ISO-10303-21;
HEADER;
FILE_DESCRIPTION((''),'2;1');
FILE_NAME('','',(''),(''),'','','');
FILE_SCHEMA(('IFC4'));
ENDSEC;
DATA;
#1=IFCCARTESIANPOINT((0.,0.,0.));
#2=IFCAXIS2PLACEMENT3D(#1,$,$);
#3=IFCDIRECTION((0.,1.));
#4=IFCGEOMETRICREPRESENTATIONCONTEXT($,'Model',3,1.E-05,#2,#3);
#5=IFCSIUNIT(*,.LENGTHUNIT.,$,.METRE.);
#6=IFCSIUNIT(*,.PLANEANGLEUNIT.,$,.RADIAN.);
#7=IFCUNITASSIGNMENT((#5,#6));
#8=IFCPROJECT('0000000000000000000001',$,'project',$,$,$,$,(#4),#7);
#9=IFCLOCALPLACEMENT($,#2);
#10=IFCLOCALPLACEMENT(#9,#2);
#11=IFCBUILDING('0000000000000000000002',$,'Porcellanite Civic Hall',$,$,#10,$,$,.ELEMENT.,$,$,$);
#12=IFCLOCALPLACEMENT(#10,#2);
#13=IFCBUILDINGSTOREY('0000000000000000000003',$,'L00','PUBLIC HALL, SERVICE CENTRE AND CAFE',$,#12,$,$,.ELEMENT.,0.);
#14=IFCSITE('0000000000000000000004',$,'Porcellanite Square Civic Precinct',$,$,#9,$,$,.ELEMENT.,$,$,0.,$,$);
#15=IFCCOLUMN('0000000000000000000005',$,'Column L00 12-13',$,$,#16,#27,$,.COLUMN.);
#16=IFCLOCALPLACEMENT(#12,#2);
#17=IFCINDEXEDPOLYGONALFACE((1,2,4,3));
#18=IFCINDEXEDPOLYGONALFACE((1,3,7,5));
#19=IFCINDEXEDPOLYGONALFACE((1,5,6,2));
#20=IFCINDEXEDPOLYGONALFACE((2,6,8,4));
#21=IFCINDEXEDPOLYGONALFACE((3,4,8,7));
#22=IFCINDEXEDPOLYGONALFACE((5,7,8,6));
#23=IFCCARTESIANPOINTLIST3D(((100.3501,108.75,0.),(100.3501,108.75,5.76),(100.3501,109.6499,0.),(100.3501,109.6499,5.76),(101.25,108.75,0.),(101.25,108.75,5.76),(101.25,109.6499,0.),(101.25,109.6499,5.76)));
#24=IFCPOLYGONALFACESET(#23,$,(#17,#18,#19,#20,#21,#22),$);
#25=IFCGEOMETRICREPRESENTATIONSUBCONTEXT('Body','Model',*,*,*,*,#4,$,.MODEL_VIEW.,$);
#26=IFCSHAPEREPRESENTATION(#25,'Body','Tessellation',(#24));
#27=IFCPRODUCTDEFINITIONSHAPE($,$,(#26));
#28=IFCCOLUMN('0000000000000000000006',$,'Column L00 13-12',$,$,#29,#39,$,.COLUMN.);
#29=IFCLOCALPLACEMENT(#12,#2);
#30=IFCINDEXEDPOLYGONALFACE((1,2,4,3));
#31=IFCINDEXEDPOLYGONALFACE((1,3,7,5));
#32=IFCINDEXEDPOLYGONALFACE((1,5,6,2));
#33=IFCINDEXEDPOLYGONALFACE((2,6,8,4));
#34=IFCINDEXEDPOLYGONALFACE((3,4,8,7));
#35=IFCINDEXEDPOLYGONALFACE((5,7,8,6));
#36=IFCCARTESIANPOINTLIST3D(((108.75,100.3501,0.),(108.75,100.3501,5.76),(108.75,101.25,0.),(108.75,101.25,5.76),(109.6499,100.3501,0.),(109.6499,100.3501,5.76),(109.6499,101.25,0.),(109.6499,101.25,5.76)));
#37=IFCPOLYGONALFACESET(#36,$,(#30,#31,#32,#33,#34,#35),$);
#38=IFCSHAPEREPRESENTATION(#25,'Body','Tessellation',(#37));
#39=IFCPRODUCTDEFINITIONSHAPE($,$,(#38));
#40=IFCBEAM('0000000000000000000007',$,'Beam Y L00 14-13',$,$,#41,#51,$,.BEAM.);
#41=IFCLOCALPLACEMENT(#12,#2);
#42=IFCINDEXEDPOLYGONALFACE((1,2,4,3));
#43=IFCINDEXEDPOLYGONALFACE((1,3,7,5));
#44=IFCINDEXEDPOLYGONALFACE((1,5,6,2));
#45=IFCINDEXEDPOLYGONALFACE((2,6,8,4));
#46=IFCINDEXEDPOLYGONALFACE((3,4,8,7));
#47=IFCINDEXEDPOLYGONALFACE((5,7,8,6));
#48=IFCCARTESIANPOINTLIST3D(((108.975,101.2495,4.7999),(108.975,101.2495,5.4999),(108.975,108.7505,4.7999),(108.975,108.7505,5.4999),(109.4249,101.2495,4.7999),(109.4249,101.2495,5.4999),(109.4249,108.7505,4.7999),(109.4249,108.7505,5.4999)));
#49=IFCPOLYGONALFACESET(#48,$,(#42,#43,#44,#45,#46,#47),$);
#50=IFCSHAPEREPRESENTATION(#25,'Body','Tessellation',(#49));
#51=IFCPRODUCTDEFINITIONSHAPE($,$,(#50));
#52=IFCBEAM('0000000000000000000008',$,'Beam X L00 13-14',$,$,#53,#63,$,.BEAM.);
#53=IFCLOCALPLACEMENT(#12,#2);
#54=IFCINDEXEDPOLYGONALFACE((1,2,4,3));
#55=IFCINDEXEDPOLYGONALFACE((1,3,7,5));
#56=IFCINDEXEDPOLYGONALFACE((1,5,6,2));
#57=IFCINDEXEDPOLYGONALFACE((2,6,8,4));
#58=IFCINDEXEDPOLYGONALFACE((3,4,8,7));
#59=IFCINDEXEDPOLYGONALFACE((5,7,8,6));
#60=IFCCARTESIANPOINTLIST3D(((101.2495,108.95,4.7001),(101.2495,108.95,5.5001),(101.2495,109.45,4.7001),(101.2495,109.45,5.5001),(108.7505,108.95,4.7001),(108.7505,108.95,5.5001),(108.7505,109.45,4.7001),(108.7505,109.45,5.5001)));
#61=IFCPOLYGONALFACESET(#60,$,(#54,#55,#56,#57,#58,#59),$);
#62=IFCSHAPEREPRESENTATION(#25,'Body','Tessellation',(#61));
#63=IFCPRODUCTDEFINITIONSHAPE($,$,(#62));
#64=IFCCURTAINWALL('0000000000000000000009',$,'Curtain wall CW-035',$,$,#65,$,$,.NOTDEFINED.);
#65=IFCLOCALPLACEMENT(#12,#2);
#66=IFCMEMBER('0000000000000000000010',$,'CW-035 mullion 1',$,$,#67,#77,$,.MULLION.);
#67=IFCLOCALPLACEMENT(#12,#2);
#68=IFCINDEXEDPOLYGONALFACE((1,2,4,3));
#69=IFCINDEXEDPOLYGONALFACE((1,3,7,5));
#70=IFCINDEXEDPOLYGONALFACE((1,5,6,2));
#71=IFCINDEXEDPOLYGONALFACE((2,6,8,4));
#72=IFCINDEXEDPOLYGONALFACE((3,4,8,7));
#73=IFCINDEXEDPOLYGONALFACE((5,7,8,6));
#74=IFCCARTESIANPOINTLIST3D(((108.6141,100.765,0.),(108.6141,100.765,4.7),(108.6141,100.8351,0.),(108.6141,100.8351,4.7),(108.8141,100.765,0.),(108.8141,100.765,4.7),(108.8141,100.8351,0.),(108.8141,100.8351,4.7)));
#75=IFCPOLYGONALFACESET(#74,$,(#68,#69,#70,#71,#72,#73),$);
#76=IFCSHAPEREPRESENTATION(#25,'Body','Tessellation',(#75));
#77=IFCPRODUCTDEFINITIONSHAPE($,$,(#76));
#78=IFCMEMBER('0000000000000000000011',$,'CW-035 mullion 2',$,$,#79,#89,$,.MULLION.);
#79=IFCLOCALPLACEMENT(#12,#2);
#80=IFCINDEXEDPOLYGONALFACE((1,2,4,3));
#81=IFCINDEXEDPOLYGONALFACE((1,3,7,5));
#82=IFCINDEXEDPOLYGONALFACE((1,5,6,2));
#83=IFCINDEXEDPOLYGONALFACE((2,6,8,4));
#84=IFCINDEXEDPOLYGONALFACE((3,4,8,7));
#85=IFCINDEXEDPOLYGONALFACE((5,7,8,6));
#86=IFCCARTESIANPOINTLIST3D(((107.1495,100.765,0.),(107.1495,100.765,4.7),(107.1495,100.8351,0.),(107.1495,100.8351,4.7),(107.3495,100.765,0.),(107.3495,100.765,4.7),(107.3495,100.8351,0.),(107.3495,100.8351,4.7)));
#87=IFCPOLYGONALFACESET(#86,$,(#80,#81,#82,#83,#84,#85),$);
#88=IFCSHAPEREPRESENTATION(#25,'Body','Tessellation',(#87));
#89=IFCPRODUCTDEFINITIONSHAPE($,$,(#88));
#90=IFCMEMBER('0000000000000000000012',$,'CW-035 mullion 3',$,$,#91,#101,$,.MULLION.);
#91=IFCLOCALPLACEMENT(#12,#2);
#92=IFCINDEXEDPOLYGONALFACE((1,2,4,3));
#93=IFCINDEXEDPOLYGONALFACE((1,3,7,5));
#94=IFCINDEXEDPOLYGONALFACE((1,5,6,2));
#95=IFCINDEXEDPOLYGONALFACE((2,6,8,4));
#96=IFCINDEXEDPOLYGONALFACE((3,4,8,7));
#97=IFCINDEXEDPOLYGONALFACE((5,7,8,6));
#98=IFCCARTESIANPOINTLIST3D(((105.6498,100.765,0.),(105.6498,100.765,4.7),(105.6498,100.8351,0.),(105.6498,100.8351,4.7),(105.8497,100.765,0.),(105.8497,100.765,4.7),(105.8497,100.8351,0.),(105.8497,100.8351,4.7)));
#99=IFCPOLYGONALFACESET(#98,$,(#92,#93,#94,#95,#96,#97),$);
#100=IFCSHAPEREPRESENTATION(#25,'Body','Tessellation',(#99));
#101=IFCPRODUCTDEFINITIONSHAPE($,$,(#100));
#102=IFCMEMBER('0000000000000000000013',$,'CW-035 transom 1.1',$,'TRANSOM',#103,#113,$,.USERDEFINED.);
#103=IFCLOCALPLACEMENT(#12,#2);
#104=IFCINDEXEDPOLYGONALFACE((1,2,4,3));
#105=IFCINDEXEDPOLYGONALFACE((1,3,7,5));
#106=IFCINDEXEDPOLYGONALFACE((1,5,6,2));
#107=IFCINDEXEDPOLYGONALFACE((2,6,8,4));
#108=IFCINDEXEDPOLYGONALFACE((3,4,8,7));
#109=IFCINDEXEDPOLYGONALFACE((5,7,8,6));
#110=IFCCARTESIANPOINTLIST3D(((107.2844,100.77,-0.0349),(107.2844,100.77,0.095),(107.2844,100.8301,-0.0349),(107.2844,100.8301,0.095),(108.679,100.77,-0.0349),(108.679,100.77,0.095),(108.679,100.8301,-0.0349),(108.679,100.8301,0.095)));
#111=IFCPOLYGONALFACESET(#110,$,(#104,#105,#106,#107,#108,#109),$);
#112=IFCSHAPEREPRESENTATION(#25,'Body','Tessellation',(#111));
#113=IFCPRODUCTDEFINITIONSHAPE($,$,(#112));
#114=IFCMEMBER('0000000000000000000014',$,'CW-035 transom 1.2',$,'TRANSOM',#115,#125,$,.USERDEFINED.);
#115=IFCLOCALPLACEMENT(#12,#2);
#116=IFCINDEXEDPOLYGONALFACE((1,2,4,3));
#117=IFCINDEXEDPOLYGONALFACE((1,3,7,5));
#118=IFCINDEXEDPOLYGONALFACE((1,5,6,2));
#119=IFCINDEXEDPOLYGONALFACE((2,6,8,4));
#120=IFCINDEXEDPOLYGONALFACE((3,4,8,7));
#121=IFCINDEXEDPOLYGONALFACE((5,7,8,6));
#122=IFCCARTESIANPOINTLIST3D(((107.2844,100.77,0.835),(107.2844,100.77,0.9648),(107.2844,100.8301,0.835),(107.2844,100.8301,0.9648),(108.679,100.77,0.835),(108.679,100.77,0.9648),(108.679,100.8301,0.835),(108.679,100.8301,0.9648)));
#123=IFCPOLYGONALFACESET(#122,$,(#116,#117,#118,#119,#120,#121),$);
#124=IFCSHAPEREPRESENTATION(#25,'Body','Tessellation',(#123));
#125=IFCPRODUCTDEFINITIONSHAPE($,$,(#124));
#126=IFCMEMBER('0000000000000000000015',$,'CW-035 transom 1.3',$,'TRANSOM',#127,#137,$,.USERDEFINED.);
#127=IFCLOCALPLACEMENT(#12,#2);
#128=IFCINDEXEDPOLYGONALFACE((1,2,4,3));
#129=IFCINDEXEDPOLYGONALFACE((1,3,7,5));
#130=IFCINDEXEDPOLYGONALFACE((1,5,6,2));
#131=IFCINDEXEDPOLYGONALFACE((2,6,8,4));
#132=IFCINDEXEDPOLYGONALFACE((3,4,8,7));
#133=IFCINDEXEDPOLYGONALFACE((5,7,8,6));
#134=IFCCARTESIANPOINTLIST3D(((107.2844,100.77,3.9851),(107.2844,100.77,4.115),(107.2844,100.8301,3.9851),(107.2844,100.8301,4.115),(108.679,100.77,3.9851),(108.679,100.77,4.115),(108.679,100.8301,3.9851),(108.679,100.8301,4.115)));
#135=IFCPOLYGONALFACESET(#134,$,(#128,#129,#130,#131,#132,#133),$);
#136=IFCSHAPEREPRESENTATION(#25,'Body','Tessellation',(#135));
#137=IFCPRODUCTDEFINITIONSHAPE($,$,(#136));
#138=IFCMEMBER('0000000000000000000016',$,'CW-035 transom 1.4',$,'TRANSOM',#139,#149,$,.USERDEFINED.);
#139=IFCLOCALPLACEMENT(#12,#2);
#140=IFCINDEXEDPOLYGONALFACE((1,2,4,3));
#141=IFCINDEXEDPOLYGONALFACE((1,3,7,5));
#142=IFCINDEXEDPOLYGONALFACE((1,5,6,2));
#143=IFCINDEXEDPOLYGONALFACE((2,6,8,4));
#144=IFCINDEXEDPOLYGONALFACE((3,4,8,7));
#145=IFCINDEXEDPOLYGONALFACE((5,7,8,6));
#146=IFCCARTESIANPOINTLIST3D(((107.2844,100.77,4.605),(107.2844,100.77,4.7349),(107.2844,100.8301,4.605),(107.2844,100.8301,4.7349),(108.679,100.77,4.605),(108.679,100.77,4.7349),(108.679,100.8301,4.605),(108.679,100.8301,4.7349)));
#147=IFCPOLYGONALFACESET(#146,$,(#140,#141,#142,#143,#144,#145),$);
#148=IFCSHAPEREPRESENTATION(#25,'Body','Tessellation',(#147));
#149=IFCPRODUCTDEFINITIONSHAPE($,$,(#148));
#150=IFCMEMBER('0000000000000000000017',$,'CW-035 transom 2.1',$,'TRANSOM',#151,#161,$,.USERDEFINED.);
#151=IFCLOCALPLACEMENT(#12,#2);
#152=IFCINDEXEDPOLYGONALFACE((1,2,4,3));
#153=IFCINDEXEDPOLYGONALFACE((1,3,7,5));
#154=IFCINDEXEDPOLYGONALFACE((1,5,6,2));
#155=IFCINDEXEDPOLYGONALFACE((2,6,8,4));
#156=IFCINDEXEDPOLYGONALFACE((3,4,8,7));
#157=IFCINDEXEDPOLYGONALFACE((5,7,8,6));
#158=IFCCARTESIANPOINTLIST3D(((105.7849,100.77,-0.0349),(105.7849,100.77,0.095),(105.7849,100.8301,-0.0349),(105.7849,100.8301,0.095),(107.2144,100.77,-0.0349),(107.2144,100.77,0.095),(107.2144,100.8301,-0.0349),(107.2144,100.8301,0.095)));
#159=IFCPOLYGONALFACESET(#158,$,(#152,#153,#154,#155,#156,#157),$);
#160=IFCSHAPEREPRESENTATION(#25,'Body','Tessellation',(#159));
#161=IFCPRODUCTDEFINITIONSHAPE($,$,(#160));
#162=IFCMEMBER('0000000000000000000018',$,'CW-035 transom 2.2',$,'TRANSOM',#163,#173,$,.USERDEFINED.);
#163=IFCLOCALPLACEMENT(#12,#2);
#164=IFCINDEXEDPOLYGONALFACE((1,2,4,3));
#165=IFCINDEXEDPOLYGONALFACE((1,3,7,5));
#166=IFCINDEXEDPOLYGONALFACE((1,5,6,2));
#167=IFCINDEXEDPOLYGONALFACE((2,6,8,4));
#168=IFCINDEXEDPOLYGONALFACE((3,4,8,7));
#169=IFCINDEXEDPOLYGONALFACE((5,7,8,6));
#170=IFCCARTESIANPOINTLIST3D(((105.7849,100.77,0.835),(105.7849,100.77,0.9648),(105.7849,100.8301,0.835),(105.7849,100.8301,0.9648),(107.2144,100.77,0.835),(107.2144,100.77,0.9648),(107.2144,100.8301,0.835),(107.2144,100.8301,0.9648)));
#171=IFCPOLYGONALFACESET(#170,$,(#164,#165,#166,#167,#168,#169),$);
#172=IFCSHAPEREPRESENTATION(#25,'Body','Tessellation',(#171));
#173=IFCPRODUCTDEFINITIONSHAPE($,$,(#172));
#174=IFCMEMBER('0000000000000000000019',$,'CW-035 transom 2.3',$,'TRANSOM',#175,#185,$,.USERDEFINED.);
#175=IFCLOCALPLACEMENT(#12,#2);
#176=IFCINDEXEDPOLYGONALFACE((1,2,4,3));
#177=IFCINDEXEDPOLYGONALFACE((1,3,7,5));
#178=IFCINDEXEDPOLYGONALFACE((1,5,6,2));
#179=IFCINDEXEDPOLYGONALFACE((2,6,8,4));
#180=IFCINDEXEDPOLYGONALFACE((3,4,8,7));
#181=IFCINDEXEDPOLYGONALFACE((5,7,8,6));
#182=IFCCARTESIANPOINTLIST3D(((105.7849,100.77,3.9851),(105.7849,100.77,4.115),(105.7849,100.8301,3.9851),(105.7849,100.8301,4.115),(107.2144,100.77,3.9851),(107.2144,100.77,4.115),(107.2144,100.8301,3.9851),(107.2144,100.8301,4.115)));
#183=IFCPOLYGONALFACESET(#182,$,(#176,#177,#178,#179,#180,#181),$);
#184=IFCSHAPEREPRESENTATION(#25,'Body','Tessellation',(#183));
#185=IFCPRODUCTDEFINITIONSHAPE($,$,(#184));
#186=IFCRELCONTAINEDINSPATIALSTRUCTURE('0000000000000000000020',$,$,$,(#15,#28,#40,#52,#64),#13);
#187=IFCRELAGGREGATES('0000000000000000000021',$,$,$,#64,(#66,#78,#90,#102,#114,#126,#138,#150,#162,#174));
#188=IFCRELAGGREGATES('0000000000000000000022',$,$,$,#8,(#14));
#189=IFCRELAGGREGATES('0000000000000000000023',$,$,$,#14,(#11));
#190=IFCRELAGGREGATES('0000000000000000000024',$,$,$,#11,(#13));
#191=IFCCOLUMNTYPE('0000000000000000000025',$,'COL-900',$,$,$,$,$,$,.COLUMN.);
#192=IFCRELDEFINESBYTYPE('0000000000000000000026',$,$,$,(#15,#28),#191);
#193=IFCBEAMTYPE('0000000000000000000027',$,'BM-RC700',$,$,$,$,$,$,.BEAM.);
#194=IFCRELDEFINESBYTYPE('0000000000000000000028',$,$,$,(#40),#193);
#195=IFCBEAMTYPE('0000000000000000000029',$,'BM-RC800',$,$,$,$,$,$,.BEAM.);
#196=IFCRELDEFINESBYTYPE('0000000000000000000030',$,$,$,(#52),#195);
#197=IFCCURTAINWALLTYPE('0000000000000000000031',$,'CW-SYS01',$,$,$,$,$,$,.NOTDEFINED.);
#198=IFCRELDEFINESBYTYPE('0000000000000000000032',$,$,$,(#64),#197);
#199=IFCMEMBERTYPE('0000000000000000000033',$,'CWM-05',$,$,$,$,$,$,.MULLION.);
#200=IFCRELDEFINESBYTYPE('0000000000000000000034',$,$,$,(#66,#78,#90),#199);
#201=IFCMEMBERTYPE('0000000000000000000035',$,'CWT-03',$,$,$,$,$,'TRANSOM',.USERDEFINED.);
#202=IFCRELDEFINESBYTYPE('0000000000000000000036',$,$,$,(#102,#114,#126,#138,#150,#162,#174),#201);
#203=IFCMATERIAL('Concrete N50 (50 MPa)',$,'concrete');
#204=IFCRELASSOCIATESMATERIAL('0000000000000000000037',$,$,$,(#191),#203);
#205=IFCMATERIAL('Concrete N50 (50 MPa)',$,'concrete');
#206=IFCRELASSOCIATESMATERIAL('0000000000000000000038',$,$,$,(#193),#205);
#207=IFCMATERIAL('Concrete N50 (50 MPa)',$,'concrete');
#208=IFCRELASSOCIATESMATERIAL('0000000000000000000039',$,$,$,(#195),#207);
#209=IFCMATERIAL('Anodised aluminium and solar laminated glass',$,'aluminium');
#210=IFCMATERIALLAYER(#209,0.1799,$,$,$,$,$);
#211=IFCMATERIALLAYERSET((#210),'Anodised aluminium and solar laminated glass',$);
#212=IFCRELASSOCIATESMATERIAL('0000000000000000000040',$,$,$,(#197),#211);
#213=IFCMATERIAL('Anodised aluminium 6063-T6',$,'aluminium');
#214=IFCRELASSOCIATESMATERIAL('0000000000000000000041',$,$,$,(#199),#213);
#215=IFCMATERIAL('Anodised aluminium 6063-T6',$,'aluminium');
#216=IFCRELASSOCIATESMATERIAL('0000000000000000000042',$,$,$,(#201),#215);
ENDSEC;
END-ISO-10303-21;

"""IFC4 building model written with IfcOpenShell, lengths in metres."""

from ifc_helpers import new_model, si_unit, direction, frame, origin, origin_2d, place, context, subcontext, project, spatial, rectangle, extrude, material, layer, layer_set, material_profile, profile_set, type_object, element, aggregate, save


model = new_model("IFC4")

# Units and contexts
model_context = context("Model", 3, precision=1e-05, world=origin(), true_north=direction((0.0, 1.0)))
body_context = subcontext(model_context, "Body", "Model", "MODEL_VIEW")
ifc_project = project(units=[si_unit("LENGTHUNIT", "METRE"), si_unit("PLANEANGLEUNIT", "RADIAN")], contexts=[model_context])

# Site, building, storey
site_placement = place(None, origin())
site = spatial("IfcSite", under=ifc_project, at=site_placement, Name="Porcellanite Square Civic Precinct", CompositionType="ELEMENT", RefElevation=0.0)
building_placement = place(site_placement, origin())
building = spatial("IfcBuilding", under=site, at=building_placement, Name="Porcellanite Civic Hall", CompositionType="ELEMENT")
storey_placement = place(building_placement, origin())
storey = spatial("IfcBuildingStorey", under=building, at=storey_placement, Name="L00", Description="PUBLIC HALL, SERVICE CENTRE AND CAFE", CompositionType="ELEMENT", Elevation=0.0)

# Columns
ifc_material_1 = material(Name="Concrete N50 (50 MPa)", Category="concrete")
ifc_material_profile_1 = material_profile(ifc_material_1, rectangle(XDim=0.8999, YDim=0.8999, at=origin_2d()), Name="RC-900x900")
ifc_profile_set_1 = profile_set([ifc_material_profile_1], Name="Concrete N50 (50 MPa)")
column_type = type_object("IfcColumnType", Name="COL-900", PredefinedType="COLUMN", material=ifc_profile_set_1)
for number, where, z_axis, x_axis, name in (
    (1, (100.8, 109.2, 0.0), (0.0, 0.0, 1.0), (1.0, 0.0, 0.0), "Column L00 12-13"),
    (2, (109.2, 100.8, 0.0), (0.0, 0.0, 1.0), (1.0, 0.0, 0.0), "Column L00 13-12"),
):
    element("IfcColumn", number, at=place(storey_placement, frame(where, z_axis=z_axis, x_axis=x_axis)), inside=storey, type_object=column_type, Name=name, PredefinedType="COLUMN", context=body_context, shape_type="SweptSolid", body=[
        extrude(rectangle(XDim=0.8999, YDim=0.8999, at=origin_2d()), origin(), (0.0, 0.0, 1.0), 5.76),
    ])

# Beams
ifc_material_2 = material(Name="Concrete N50 (50 MPa)", Category="concrete")
ifc_material_profile_2 = material_profile(ifc_material_2, rectangle(XDim=0.45, YDim=0.7, at=origin_2d()), Name="RC-450x700")
ifc_profile_set_2 = profile_set([ifc_material_profile_2], Name="Concrete N50 (50 MPa)")
beam_type_1 = type_object("IfcBeamType", Name="BM-RC700", PredefinedType="BEAM", material=ifc_profile_set_2)
beam_1_placement = place(storey_placement, frame((109.2, 101.2495, 5.1499), z_axis=(0.0, 1.0, 0.0), x_axis=(-1.0, 0.0, 0.0)))
element("IfcBeam", 3, at=beam_1_placement, inside=storey, type_object=beam_type_1, Name="Beam Y L00 14-13", PredefinedType="BEAM", context=body_context, shape_type="SweptSolid", body=[
    extrude(rectangle(XDim=0.45, YDim=0.7, at=origin_2d()), origin(), (0.0, 0.0, 1.0), 7.501),
])
ifc_material_3 = material(Name="Concrete N50 (50 MPa)", Category="concrete")
ifc_material_profile_3 = material_profile(ifc_material_3, rectangle(XDim=0.5, YDim=0.8, at=origin_2d()), Name="RC-500x800")
ifc_profile_set_3 = profile_set([ifc_material_profile_3], Name="Concrete N50 (50 MPa)")
beam_type_2 = type_object("IfcBeamType", Name="BM-RC800", PredefinedType="BEAM", material=ifc_profile_set_3)
beam_2_placement = place(storey_placement, frame((101.2495, 109.2, 5.1001), z_axis=(1.0, 0.0, 0.0), x_axis=(0.0, 1.0, 0.0)))
element("IfcBeam", 4, at=beam_2_placement, inside=storey, type_object=beam_type_2, Name="Beam X L00 13-14", PredefinedType="BEAM", context=body_context, shape_type="SweptSolid", body=[
    extrude(rectangle(XDim=0.5, YDim=0.8, at=origin_2d()), origin(), (0.0, 0.0, 1.0), 7.501),
])

# Curtain wall, members
ifc_material_4 = material(Name="Anodised aluminium and solar laminated glass", Category="aluminium")
ifc_layer_1 = layer(ifc_material_4, 0.1799)
ifc_layer_set_1 = layer_set([ifc_layer_1], Name="Anodised aluminium and solar laminated glass")
curtain_wall_type = type_object("IfcCurtainWallType", Name="CW-SYS01", PredefinedType="NOTDEFINED", material=ifc_layer_set_1)
curtain_wall_placement = place(storey_placement, origin())
curtain_wall = element("IfcCurtainWall", 5, at=curtain_wall_placement, inside=storey, type_object=curtain_wall_type, Name="Curtain wall CW-035", PredefinedType="NOTDEFINED")
ifc_material_5 = material(Name="Anodised aluminium 6063-T6", Category="aluminium")
ifc_material_profile_4 = material_profile(ifc_material_5, rectangle(XDim=0.0701, YDim=0.2, at=origin_2d()), Name="AL-70x200")
ifc_profile_set_4 = profile_set([ifc_material_profile_4], Name="Anodised aluminium 6063-T6")
member_type_1 = type_object("IfcMemberType", Name="CWM-05", PredefinedType="MULLION", material=ifc_profile_set_4)
member_1_placement = place(storey_placement, frame((108.7141, 100.8, 0.0), z_axis=(0.0, 0.0, 1.0), x_axis=(0.0, -1.0, 0.0)))
member_1 = element("IfcMember", 6, at=member_1_placement, type_object=member_type_1, Name="CW-035 mullion 1", PredefinedType="MULLION", context=body_context, shape_type="SweptSolid", body=[
    extrude(rectangle(XDim=0.0701, YDim=0.2, at=origin_2d()), origin(), (0.0, 0.0, 1.0), 4.7),
])
member_2_placement = place(storey_placement, frame((107.2495, 100.8, 0.0), z_axis=(0.0, 0.0, 1.0), x_axis=(0.0, -1.0, 0.0)))
member_2 = element("IfcMember", 7, at=member_2_placement, type_object=member_type_1, Name="CW-035 mullion 2", PredefinedType="MULLION", context=body_context, shape_type="SweptSolid", body=[
    extrude(rectangle(XDim=0.0701, YDim=0.2, at=origin_2d()), origin(), (0.0, 0.0, 1.0), 4.7),
])
member_3_placement = place(storey_placement, frame((105.7498, 100.8, 0.0), z_axis=(0.0, 0.0, 1.0), x_axis=(0.0, -1.0, 0.0)))
member_3 = element("IfcMember", 8, at=member_3_placement, type_object=member_type_1, Name="CW-035 mullion 3", PredefinedType="MULLION", context=body_context, shape_type="SweptSolid", body=[
    extrude(rectangle(XDim=0.0701, YDim=0.2, at=origin_2d()), origin(), (0.0, 0.0, 1.0), 4.7),
])
ifc_material_6 = material(Name="Anodised aluminium 6063-T6", Category="aluminium")
ifc_material_profile_5 = material_profile(ifc_material_6, rectangle(XDim=0.0601, YDim=0.1299, at=origin_2d()), Name="AL-60x130")
ifc_profile_set_5 = profile_set([ifc_material_profile_5], Name="Anodised aluminium 6063-T6")
member_type_2 = type_object("IfcMemberType", Name="CWT-03", ElementType="TRANSOM", PredefinedType="USERDEFINED", material=ifc_profile_set_5)
member_4_placement = place(storey_placement, frame((108.679, 100.8, 0.03), z_axis=(-1.0, 0.0, 0.0), x_axis=(0.0, -1.0, 0.0)))
member_4 = element("IfcMember", 9, at=member_4_placement, type_object=member_type_2, Name="CW-035 transom 1.1", ObjectType="TRANSOM", PredefinedType="USERDEFINED", context=body_context, shape_type="SweptSolid", body=[
    extrude(rectangle(XDim=0.0601, YDim=0.1299, at=origin_2d()), origin(), (0.0, 0.0, 1.0), 1.3945),
])
member_5_placement = place(storey_placement, frame((108.679, 100.8, 0.8999), z_axis=(-1.0, 0.0, 0.0), x_axis=(0.0, -1.0, 0.0)))
member_5 = element("IfcMember", 10, at=member_5_placement, type_object=member_type_2, Name="CW-035 transom 1.2", ObjectType="TRANSOM", PredefinedType="USERDEFINED", context=body_context, shape_type="SweptSolid", body=[
    extrude(rectangle(XDim=0.0601, YDim=0.1299, at=origin_2d()), origin(), (0.0, 0.0, 1.0), 1.3945),
])
member_6_placement = place(storey_placement, frame((108.679, 100.8, 4.05), z_axis=(-1.0, 0.0, 0.0), x_axis=(0.0, -1.0, 0.0)))
member_6 = element("IfcMember", 11, at=member_6_placement, type_object=member_type_2, Name="CW-035 transom 1.3", ObjectType="TRANSOM", PredefinedType="USERDEFINED", context=body_context, shape_type="SweptSolid", body=[
    extrude(rectangle(XDim=0.0601, YDim=0.1299, at=origin_2d()), origin(), (0.0, 0.0, 1.0), 1.3945),
])
member_7_placement = place(storey_placement, frame((108.679, 100.8, 4.6699), z_axis=(-1.0, 0.0, 0.0), x_axis=(0.0, -1.0, 0.0)))
member_7 = element("IfcMember", 12, at=member_7_placement, type_object=member_type_2, Name="CW-035 transom 1.4", ObjectType="TRANSOM", PredefinedType="USERDEFINED", context=body_context, shape_type="SweptSolid", body=[
    extrude(rectangle(XDim=0.0601, YDim=0.1299, at=origin_2d()), origin(), (0.0, 0.0, 1.0), 1.3945),
])
member_8_placement = place(storey_placement, frame((107.2144, 100.8, 0.03), z_axis=(-1.0, 0.0, 0.0), x_axis=(0.0, -1.0, 0.0)))
member_8 = element("IfcMember", 13, at=member_8_placement, type_object=member_type_2, Name="CW-035 transom 2.1", ObjectType="TRANSOM", PredefinedType="USERDEFINED", context=body_context, shape_type="SweptSolid", body=[
    extrude(rectangle(XDim=0.0601, YDim=0.1299, at=origin_2d()), origin(), (0.0, 0.0, 1.0), 1.4294),
])
member_9_placement = place(storey_placement, frame((107.2144, 100.8, 0.8999), z_axis=(-1.0, 0.0, 0.0), x_axis=(0.0, -1.0, 0.0)))
member_9 = element("IfcMember", 14, at=member_9_placement, type_object=member_type_2, Name="CW-035 transom 2.2", ObjectType="TRANSOM", PredefinedType="USERDEFINED", context=body_context, shape_type="SweptSolid", body=[
    extrude(rectangle(XDim=0.0601, YDim=0.1299, at=origin_2d()), origin(), (0.0, 0.0, 1.0), 1.4294),
])
member_10_placement = place(storey_placement, frame((107.2144, 100.8, 4.05), z_axis=(-1.0, 0.0, 0.0), x_axis=(0.0, -1.0, 0.0)))
member_10 = element("IfcMember", 15, at=member_10_placement, type_object=member_type_2, Name="CW-035 transom 2.3", ObjectType="TRANSOM", PredefinedType="USERDEFINED", context=body_context, shape_type="SweptSolid", body=[
    extrude(rectangle(XDim=0.0601, YDim=0.1299, at=origin_2d()), origin(), (0.0, 0.0, 1.0), 1.4294),
])

aggregate(curtain_wall, [member_1, member_2, member_3, member_4, member_5, member_6, member_7, member_8, member_9, member_10])

save(model, "model.ifc")
